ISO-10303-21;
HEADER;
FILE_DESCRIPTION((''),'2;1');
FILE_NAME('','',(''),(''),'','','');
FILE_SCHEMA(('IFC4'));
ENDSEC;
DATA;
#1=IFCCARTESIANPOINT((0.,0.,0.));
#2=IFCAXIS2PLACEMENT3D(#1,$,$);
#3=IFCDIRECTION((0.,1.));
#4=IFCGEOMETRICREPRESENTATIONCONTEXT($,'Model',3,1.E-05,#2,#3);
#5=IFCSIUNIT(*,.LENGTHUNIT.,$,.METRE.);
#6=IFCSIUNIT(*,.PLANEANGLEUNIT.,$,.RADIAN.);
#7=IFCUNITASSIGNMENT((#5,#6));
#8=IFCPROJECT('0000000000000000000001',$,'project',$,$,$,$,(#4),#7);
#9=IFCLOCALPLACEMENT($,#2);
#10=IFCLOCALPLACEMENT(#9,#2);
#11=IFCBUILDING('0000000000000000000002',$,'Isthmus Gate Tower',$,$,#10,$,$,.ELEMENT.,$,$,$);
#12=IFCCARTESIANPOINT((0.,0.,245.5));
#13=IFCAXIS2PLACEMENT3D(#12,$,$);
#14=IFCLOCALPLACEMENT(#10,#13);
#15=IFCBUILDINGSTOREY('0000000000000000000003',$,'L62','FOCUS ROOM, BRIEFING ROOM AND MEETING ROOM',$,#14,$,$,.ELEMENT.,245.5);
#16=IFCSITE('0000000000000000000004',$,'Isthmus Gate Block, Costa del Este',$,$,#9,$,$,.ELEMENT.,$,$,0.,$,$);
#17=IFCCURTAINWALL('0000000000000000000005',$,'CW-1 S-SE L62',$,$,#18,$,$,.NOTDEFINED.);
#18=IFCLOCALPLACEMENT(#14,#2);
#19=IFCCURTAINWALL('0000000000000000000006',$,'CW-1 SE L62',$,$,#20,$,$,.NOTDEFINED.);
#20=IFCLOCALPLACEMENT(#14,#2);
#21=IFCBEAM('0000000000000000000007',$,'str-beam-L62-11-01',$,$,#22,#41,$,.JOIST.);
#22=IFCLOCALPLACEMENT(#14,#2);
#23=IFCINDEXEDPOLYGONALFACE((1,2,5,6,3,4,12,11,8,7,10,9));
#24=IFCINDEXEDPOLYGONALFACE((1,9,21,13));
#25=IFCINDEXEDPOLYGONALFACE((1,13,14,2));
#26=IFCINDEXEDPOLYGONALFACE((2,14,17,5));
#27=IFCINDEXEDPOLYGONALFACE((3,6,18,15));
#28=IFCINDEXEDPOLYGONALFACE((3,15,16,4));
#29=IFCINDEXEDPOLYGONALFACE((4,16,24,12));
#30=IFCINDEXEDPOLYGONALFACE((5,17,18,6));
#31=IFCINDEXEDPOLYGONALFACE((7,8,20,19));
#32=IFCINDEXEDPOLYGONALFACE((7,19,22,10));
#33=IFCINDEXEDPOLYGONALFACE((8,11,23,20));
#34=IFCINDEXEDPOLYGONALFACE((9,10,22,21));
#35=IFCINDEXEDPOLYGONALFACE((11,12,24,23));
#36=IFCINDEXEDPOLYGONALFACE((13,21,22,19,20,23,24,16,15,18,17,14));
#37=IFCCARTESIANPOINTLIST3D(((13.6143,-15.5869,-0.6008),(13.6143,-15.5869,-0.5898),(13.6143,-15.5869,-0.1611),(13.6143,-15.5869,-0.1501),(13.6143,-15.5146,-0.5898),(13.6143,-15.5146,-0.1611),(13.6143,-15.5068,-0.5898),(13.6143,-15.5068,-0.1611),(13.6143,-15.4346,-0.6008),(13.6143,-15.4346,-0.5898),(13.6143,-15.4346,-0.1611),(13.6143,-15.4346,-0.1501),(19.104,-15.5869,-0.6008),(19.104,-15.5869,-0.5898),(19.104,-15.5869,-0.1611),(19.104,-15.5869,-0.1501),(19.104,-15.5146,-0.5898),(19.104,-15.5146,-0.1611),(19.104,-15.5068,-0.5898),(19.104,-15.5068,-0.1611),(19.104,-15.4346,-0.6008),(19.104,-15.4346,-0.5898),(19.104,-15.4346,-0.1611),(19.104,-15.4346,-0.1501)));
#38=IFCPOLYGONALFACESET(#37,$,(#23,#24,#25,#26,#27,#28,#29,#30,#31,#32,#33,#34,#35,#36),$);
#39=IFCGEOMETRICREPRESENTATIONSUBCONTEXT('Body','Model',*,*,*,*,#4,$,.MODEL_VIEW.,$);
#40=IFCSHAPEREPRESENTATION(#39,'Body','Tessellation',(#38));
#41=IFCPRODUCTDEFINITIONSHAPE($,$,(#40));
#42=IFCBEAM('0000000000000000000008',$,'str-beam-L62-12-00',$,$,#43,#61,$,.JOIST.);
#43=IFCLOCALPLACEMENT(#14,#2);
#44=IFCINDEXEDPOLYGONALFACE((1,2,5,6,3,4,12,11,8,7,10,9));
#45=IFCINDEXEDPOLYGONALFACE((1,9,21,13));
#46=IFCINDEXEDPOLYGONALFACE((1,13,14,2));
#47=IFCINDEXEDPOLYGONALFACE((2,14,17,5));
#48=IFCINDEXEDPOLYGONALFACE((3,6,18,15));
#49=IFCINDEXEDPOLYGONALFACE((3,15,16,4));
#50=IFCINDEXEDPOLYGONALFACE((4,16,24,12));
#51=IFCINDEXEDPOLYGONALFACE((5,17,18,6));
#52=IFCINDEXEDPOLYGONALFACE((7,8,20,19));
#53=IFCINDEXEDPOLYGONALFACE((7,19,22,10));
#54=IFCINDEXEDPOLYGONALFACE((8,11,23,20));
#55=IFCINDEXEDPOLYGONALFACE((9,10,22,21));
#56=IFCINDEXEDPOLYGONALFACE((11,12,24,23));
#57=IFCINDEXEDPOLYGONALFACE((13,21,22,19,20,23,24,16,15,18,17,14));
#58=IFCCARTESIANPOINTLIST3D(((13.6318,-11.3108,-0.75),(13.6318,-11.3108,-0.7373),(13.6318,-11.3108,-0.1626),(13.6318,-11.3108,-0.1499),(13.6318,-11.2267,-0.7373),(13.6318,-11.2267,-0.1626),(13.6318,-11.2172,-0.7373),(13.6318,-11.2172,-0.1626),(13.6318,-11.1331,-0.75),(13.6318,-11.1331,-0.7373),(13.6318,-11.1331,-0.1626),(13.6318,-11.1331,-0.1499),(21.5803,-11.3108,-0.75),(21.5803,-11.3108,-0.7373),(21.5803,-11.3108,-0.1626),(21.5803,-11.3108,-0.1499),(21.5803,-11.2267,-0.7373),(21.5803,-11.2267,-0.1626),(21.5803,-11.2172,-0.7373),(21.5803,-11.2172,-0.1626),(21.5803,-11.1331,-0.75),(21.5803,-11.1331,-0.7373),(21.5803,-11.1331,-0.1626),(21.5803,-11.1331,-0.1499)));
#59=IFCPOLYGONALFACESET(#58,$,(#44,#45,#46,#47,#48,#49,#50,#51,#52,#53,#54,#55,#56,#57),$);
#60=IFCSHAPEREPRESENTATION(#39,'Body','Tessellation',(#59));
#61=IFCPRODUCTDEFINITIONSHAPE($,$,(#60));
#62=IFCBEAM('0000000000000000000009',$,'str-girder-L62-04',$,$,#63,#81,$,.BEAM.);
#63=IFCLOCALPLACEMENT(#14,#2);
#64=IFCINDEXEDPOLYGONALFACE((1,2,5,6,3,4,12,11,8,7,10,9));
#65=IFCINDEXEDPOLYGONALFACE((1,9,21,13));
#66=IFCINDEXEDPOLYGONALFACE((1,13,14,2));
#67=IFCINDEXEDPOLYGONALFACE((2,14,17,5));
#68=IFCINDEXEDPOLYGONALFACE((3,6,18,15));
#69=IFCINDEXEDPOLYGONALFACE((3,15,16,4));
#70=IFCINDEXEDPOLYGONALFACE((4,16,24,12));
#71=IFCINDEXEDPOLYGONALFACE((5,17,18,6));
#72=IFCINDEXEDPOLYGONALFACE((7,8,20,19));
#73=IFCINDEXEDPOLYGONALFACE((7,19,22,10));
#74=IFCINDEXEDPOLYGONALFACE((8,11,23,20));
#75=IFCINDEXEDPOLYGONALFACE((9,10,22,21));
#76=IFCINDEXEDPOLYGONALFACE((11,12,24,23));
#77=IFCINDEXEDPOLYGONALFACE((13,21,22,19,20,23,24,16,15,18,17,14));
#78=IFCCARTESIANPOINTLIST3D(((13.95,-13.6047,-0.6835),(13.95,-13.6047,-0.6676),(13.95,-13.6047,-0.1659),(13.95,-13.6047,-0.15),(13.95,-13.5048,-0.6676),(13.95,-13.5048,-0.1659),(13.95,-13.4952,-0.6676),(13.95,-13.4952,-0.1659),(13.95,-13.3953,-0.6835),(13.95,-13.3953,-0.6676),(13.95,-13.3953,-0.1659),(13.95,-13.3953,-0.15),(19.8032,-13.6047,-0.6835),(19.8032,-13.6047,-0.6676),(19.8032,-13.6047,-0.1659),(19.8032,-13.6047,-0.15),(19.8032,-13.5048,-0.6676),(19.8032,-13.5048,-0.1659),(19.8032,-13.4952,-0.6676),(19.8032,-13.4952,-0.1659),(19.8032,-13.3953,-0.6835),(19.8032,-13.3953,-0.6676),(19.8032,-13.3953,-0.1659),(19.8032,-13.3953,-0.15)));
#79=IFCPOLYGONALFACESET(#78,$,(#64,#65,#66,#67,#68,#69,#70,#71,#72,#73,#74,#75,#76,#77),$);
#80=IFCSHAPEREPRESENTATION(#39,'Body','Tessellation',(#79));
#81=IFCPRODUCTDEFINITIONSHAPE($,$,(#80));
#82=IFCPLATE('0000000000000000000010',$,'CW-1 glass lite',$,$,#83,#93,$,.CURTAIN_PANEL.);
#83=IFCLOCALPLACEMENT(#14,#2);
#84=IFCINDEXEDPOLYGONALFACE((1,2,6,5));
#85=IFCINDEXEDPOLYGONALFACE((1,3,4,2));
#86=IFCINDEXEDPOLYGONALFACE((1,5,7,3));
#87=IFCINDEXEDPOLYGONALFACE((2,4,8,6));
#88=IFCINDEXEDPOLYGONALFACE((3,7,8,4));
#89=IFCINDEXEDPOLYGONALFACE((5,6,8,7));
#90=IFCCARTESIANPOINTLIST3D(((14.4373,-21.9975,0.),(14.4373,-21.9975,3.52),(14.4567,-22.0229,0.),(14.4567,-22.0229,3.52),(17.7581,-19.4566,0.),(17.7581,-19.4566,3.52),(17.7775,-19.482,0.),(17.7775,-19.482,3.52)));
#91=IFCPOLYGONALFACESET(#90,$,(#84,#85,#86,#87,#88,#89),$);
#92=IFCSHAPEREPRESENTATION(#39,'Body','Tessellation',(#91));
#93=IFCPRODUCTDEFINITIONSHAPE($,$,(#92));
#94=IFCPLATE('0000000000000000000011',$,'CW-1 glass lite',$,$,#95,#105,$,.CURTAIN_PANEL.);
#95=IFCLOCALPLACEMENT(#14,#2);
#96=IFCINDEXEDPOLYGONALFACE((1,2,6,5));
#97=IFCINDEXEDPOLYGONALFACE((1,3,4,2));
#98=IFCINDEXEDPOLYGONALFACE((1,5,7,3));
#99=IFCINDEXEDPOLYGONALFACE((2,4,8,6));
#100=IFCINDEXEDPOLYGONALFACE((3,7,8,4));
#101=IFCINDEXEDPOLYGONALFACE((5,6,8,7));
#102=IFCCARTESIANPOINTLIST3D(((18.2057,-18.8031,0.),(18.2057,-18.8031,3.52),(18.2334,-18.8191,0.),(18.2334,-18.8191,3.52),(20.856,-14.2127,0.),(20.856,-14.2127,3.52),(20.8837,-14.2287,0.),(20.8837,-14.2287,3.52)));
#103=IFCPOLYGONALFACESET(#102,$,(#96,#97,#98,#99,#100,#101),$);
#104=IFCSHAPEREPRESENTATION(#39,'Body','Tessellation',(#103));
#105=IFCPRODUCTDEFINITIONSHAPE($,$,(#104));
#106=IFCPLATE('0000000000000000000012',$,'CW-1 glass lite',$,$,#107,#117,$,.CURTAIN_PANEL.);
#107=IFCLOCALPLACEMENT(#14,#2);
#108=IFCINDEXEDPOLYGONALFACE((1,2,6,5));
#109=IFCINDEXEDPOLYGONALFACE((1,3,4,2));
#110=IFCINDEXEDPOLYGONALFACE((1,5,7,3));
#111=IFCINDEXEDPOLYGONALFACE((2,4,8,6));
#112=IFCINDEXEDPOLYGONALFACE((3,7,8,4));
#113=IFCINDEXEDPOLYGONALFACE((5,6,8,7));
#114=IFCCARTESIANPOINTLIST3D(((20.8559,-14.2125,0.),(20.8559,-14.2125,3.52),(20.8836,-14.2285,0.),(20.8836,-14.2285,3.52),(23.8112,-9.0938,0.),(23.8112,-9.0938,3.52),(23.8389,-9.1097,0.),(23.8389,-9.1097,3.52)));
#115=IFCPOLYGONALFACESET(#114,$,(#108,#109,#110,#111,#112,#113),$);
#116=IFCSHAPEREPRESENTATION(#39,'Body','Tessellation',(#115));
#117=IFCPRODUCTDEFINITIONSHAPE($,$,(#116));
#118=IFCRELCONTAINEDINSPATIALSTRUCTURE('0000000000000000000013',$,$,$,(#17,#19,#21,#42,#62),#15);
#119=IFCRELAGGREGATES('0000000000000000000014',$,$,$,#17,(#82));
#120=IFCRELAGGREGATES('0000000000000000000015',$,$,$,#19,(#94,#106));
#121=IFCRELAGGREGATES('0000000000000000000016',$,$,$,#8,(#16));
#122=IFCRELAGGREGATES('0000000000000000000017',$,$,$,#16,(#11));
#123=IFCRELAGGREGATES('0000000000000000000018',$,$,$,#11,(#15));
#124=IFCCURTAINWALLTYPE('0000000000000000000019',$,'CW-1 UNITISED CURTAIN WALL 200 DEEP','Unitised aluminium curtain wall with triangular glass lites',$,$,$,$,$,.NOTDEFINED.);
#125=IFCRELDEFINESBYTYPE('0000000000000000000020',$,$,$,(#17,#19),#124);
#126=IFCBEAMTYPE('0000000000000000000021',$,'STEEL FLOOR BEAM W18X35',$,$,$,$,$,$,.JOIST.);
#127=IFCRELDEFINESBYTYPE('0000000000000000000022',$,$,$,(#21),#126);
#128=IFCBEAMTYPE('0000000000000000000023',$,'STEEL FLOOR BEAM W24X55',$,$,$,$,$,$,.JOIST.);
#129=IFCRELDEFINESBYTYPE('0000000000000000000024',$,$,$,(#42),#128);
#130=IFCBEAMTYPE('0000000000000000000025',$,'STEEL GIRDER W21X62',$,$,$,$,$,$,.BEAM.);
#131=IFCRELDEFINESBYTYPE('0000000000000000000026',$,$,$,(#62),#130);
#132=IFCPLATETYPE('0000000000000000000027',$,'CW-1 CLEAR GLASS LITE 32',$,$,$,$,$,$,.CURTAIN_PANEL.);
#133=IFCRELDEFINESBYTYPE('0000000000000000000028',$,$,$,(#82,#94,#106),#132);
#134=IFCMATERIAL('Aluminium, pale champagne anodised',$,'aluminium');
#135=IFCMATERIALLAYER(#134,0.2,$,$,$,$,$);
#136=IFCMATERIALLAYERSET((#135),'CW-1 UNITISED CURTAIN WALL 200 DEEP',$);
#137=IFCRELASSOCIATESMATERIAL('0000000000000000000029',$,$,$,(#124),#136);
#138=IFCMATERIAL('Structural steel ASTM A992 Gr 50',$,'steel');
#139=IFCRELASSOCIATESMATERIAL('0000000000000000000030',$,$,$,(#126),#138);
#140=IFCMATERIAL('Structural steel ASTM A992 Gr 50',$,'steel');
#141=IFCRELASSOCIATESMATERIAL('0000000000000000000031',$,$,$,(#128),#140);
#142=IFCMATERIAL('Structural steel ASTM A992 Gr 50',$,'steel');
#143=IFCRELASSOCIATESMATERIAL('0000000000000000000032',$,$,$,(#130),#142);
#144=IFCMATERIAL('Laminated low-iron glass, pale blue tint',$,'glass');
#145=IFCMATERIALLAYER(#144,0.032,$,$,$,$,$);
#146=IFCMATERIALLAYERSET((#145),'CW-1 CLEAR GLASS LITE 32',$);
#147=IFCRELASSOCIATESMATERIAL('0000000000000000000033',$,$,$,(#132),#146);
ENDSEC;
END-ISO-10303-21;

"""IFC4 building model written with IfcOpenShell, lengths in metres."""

from ifc_helpers import new_model, si_unit, direction, frame, origin, origin_2d, place, context, subcontext, project, spatial, rectangle, i_section, extrude, material, layer, layer_set, material_profile, profile_set, type_object, element, aggregate, save


model = new_model("IFC4")

# Units and contexts
model_context = context("Model", 3, precision=1e-05, world=origin(), true_north=direction((0.0, 1.0)))
body_context = subcontext(model_context, "Body", "Model", "MODEL_VIEW")
ifc_project = project(units=[si_unit("LENGTHUNIT", "METRE"), si_unit("PLANEANGLEUNIT", "RADIAN")], contexts=[model_context])

# Site, building, storey
site_placement = place(None, origin())
site = spatial("IfcSite", under=ifc_project, at=site_placement, Name="Isthmus Gate Block, Costa del Este", CompositionType="ELEMENT", RefElevation=0.0)
building_placement = place(site_placement, origin())
building = spatial("IfcBuilding", under=site, at=building_placement, Name="Isthmus Gate Tower", CompositionType="ELEMENT")
storey_placement = place(building_placement, frame((0.0, 0.0, 245.5)))
storey = spatial("IfcBuildingStorey", under=building, at=storey_placement, Name="L62", Description="FOCUS ROOM, BRIEFING ROOM AND MEETING ROOM", CompositionType="ELEMENT", Elevation=245.5)

# Curtain wall
ifc_material_1 = material(Name="Aluminium, pale champagne anodised", Category="aluminium")
ifc_layer_1 = layer(ifc_material_1, 0.2)
ifc_layer_set_1 = layer_set([ifc_layer_1], Name="CW-1 UNITISED CURTAIN WALL 200 DEEP")
curtain_wall_type = type_object("IfcCurtainWallType", Name="CW-1 UNITISED CURTAIN WALL 200 DEEP", Description="Unitised aluminium curtain wall with triangular glass lites", PredefinedType="NOTDEFINED", material=ifc_layer_set_1)
curtain_wall_1_placement = place(storey_placement, origin())
curtain_wall_1 = element("IfcCurtainWall", 1, at=curtain_wall_1_placement, inside=storey, type_object=curtain_wall_type, Name="CW-1 S-SE L62", PredefinedType="NOTDEFINED")

# Curtain wall
curtain_wall_2_placement = place(storey_placement, origin())
curtain_wall_2 = element("IfcCurtainWall", 2, at=curtain_wall_2_placement, inside=storey, type_object=curtain_wall_type, Name="CW-1 SE L62", PredefinedType="NOTDEFINED")

# Beams
ifc_material_2 = material(Name="Structural steel ASTM A992 Gr 50", Category="steel")
ifc_material_profile_1 = material_profile(ifc_material_2, i_section(OverallWidth=0.1523, OverallDepth=0.4507, WebThickness=0.0078, FlangeThickness=0.011, at=origin_2d()), Name="W18X35")
ifc_profile_set_1 = profile_set([ifc_material_profile_1], Name="Structural steel ASTM A992 Gr 50")
beam_type_1 = type_object("IfcBeamType", Name="STEEL FLOOR BEAM W18X35", PredefinedType="JOIST", material=ifc_profile_set_1)
beam_1_placement = place(storey_placement, frame((13.6143, -15.5107, -0.3755), z_axis=(1.0, 0.0, 0.0), x_axis=(0.0, 1.0, 0.0)))
element("IfcBeam", 3, at=beam_1_placement, inside=storey, type_object=beam_type_1, Name="str-beam-L62-11-01", PredefinedType="JOIST", context=body_context, shape_type="SweptSolid", body=[
    extrude(i_section(OverallWidth=0.1523, OverallDepth=0.4507, WebThickness=0.0078, FlangeThickness=0.011, at=origin_2d()), origin(), (0.0, 0.0, 1.0), 5.4897),
])
ifc_material_3 = material(Name="Structural steel ASTM A992 Gr 50", Category="steel")
ifc_material_profile_2 = material_profile(ifc_material_3, i_section(OverallWidth=0.1777, OverallDepth=0.6001, WebThickness=0.0095, FlangeThickness=0.0127, at=origin_2d()), Name="W24X55")
ifc_profile_set_2 = profile_set([ifc_material_profile_2], Name="Structural steel ASTM A992 Gr 50")
beam_type_2 = type_object("IfcBeamType", Name="STEEL FLOOR BEAM W24X55", PredefinedType="JOIST", material=ifc_profile_set_2)
beam_2_placement = place(storey_placement, frame((13.6318, -11.2219, -0.45), z_axis=(1.0, 0.0, 0.0), x_axis=(0.0, 1.0, 0.0)))
element("IfcBeam", 4, at=beam_2_placement, inside=storey, type_object=beam_type_2, Name="str-beam-L62-12-00", PredefinedType="JOIST", context=body_context, shape_type="SweptSolid", body=[
    extrude(i_section(OverallWidth=0.1777, OverallDepth=0.6001, WebThickness=0.0095, FlangeThickness=0.0127, at=origin_2d()), origin(), (0.0, 0.0, 1.0), 7.9485),
])
ifc_material_4 = material(Name="Structural steel ASTM A992 Gr 50", Category="steel")
ifc_material_profile_3 = material_profile(ifc_material_4, i_section(OverallWidth=0.2095, OverallDepth=0.5334, WebThickness=0.0095, FlangeThickness=0.0159, at=origin_2d()), Name="W21X62")
ifc_profile_set_3 = profile_set([ifc_material_profile_3], Name="Structural steel ASTM A992 Gr 50")
beam_type_3 = type_object("IfcBeamType", Name="STEEL GIRDER W21X62", PredefinedType="BEAM", material=ifc_profile_set_3)
beam_3_placement = place(storey_placement, frame((13.95, -13.5, -0.4167), z_axis=(1.0, 0.0, 0.0), x_axis=(0.0, 1.0, 0.0)))
element("IfcBeam", 5, at=beam_3_placement, inside=storey, type_object=beam_type_3, Name="str-girder-L62-04", PredefinedType="BEAM", context=body_context, shape_type="SweptSolid", body=[
    extrude(i_section(OverallWidth=0.2095, OverallDepth=0.5334, WebThickness=0.0095, FlangeThickness=0.0159, at=origin_2d()), origin(), (0.0, 0.0, 1.0), 5.8533),
])

# Plates
ifc_material_5 = material(Name="Laminated low-iron glass, pale blue tint", Category="glass")
ifc_layer_2 = layer(ifc_material_5, 0.032)
ifc_layer_set_2 = layer_set([ifc_layer_2], Name="CW-1 CLEAR GLASS LITE 32")
plate_type = type_object("IfcPlateType", Name="CW-1 CLEAR GLASS LITE 32", PredefinedType="CURTAIN_PANEL", material=ifc_layer_set_2)
plate_1_placement = place(storey_placement, frame((16.1074, -20.7397, 0.0), z_axis=(0.0, 0.0, 1.0), x_axis=(0.794189, 0.607671, 0.0)))
plate_1 = element("IfcPlate", 6, at=plate_1_placement, type_object=plate_type, Name="CW-1 glass lite", PredefinedType="CURTAIN_PANEL", context=body_context, shape_type="SweptSolid", body=[
    extrude(rectangle(XDim=4.1814, YDim=0.032, at=origin_2d()), origin(), (0.0, 0.0, 1.0), 3.52),
])
aggregate(curtain_wall_1, [plate_1])
plate_2_placement = place(storey_placement, frame((19.5447, -16.5159, 0.0), z_axis=(0.0, 0.0, 1.0), x_axis=(0.5, 0.866025, 0.0)))
plate_2 = element("IfcPlate", 7, at=plate_2_placement, type_object=plate_type, Name="CW-1 glass lite", PredefinedType="CURTAIN_PANEL", context=body_context, shape_type="SweptSolid", body=[
    extrude(rectangle(XDim=5.3005, YDim=0.032, at=origin_2d()), origin(), (0.0, 0.0, 1.0), 3.52),
])
plate_3_placement = place(storey_placement, frame((22.3474, -11.6611, 0.0), z_axis=(0.0, 0.0, 1.0), x_axis=(0.5, 0.866025, 0.0)))
plate_3 = element("IfcPlate", 8, at=plate_3_placement, type_object=plate_type, Name="CW-1 glass lite", PredefinedType="CURTAIN_PANEL", context=body_context, shape_type="SweptSolid", body=[
    extrude(rectangle(XDim=5.9106, YDim=0.032, at=origin_2d()), origin(), (0.0, 0.0, 1.0), 3.52),
])
aggregate(curtain_wall_2, [plate_2, plate_3])

save(model, "model.ifc")
